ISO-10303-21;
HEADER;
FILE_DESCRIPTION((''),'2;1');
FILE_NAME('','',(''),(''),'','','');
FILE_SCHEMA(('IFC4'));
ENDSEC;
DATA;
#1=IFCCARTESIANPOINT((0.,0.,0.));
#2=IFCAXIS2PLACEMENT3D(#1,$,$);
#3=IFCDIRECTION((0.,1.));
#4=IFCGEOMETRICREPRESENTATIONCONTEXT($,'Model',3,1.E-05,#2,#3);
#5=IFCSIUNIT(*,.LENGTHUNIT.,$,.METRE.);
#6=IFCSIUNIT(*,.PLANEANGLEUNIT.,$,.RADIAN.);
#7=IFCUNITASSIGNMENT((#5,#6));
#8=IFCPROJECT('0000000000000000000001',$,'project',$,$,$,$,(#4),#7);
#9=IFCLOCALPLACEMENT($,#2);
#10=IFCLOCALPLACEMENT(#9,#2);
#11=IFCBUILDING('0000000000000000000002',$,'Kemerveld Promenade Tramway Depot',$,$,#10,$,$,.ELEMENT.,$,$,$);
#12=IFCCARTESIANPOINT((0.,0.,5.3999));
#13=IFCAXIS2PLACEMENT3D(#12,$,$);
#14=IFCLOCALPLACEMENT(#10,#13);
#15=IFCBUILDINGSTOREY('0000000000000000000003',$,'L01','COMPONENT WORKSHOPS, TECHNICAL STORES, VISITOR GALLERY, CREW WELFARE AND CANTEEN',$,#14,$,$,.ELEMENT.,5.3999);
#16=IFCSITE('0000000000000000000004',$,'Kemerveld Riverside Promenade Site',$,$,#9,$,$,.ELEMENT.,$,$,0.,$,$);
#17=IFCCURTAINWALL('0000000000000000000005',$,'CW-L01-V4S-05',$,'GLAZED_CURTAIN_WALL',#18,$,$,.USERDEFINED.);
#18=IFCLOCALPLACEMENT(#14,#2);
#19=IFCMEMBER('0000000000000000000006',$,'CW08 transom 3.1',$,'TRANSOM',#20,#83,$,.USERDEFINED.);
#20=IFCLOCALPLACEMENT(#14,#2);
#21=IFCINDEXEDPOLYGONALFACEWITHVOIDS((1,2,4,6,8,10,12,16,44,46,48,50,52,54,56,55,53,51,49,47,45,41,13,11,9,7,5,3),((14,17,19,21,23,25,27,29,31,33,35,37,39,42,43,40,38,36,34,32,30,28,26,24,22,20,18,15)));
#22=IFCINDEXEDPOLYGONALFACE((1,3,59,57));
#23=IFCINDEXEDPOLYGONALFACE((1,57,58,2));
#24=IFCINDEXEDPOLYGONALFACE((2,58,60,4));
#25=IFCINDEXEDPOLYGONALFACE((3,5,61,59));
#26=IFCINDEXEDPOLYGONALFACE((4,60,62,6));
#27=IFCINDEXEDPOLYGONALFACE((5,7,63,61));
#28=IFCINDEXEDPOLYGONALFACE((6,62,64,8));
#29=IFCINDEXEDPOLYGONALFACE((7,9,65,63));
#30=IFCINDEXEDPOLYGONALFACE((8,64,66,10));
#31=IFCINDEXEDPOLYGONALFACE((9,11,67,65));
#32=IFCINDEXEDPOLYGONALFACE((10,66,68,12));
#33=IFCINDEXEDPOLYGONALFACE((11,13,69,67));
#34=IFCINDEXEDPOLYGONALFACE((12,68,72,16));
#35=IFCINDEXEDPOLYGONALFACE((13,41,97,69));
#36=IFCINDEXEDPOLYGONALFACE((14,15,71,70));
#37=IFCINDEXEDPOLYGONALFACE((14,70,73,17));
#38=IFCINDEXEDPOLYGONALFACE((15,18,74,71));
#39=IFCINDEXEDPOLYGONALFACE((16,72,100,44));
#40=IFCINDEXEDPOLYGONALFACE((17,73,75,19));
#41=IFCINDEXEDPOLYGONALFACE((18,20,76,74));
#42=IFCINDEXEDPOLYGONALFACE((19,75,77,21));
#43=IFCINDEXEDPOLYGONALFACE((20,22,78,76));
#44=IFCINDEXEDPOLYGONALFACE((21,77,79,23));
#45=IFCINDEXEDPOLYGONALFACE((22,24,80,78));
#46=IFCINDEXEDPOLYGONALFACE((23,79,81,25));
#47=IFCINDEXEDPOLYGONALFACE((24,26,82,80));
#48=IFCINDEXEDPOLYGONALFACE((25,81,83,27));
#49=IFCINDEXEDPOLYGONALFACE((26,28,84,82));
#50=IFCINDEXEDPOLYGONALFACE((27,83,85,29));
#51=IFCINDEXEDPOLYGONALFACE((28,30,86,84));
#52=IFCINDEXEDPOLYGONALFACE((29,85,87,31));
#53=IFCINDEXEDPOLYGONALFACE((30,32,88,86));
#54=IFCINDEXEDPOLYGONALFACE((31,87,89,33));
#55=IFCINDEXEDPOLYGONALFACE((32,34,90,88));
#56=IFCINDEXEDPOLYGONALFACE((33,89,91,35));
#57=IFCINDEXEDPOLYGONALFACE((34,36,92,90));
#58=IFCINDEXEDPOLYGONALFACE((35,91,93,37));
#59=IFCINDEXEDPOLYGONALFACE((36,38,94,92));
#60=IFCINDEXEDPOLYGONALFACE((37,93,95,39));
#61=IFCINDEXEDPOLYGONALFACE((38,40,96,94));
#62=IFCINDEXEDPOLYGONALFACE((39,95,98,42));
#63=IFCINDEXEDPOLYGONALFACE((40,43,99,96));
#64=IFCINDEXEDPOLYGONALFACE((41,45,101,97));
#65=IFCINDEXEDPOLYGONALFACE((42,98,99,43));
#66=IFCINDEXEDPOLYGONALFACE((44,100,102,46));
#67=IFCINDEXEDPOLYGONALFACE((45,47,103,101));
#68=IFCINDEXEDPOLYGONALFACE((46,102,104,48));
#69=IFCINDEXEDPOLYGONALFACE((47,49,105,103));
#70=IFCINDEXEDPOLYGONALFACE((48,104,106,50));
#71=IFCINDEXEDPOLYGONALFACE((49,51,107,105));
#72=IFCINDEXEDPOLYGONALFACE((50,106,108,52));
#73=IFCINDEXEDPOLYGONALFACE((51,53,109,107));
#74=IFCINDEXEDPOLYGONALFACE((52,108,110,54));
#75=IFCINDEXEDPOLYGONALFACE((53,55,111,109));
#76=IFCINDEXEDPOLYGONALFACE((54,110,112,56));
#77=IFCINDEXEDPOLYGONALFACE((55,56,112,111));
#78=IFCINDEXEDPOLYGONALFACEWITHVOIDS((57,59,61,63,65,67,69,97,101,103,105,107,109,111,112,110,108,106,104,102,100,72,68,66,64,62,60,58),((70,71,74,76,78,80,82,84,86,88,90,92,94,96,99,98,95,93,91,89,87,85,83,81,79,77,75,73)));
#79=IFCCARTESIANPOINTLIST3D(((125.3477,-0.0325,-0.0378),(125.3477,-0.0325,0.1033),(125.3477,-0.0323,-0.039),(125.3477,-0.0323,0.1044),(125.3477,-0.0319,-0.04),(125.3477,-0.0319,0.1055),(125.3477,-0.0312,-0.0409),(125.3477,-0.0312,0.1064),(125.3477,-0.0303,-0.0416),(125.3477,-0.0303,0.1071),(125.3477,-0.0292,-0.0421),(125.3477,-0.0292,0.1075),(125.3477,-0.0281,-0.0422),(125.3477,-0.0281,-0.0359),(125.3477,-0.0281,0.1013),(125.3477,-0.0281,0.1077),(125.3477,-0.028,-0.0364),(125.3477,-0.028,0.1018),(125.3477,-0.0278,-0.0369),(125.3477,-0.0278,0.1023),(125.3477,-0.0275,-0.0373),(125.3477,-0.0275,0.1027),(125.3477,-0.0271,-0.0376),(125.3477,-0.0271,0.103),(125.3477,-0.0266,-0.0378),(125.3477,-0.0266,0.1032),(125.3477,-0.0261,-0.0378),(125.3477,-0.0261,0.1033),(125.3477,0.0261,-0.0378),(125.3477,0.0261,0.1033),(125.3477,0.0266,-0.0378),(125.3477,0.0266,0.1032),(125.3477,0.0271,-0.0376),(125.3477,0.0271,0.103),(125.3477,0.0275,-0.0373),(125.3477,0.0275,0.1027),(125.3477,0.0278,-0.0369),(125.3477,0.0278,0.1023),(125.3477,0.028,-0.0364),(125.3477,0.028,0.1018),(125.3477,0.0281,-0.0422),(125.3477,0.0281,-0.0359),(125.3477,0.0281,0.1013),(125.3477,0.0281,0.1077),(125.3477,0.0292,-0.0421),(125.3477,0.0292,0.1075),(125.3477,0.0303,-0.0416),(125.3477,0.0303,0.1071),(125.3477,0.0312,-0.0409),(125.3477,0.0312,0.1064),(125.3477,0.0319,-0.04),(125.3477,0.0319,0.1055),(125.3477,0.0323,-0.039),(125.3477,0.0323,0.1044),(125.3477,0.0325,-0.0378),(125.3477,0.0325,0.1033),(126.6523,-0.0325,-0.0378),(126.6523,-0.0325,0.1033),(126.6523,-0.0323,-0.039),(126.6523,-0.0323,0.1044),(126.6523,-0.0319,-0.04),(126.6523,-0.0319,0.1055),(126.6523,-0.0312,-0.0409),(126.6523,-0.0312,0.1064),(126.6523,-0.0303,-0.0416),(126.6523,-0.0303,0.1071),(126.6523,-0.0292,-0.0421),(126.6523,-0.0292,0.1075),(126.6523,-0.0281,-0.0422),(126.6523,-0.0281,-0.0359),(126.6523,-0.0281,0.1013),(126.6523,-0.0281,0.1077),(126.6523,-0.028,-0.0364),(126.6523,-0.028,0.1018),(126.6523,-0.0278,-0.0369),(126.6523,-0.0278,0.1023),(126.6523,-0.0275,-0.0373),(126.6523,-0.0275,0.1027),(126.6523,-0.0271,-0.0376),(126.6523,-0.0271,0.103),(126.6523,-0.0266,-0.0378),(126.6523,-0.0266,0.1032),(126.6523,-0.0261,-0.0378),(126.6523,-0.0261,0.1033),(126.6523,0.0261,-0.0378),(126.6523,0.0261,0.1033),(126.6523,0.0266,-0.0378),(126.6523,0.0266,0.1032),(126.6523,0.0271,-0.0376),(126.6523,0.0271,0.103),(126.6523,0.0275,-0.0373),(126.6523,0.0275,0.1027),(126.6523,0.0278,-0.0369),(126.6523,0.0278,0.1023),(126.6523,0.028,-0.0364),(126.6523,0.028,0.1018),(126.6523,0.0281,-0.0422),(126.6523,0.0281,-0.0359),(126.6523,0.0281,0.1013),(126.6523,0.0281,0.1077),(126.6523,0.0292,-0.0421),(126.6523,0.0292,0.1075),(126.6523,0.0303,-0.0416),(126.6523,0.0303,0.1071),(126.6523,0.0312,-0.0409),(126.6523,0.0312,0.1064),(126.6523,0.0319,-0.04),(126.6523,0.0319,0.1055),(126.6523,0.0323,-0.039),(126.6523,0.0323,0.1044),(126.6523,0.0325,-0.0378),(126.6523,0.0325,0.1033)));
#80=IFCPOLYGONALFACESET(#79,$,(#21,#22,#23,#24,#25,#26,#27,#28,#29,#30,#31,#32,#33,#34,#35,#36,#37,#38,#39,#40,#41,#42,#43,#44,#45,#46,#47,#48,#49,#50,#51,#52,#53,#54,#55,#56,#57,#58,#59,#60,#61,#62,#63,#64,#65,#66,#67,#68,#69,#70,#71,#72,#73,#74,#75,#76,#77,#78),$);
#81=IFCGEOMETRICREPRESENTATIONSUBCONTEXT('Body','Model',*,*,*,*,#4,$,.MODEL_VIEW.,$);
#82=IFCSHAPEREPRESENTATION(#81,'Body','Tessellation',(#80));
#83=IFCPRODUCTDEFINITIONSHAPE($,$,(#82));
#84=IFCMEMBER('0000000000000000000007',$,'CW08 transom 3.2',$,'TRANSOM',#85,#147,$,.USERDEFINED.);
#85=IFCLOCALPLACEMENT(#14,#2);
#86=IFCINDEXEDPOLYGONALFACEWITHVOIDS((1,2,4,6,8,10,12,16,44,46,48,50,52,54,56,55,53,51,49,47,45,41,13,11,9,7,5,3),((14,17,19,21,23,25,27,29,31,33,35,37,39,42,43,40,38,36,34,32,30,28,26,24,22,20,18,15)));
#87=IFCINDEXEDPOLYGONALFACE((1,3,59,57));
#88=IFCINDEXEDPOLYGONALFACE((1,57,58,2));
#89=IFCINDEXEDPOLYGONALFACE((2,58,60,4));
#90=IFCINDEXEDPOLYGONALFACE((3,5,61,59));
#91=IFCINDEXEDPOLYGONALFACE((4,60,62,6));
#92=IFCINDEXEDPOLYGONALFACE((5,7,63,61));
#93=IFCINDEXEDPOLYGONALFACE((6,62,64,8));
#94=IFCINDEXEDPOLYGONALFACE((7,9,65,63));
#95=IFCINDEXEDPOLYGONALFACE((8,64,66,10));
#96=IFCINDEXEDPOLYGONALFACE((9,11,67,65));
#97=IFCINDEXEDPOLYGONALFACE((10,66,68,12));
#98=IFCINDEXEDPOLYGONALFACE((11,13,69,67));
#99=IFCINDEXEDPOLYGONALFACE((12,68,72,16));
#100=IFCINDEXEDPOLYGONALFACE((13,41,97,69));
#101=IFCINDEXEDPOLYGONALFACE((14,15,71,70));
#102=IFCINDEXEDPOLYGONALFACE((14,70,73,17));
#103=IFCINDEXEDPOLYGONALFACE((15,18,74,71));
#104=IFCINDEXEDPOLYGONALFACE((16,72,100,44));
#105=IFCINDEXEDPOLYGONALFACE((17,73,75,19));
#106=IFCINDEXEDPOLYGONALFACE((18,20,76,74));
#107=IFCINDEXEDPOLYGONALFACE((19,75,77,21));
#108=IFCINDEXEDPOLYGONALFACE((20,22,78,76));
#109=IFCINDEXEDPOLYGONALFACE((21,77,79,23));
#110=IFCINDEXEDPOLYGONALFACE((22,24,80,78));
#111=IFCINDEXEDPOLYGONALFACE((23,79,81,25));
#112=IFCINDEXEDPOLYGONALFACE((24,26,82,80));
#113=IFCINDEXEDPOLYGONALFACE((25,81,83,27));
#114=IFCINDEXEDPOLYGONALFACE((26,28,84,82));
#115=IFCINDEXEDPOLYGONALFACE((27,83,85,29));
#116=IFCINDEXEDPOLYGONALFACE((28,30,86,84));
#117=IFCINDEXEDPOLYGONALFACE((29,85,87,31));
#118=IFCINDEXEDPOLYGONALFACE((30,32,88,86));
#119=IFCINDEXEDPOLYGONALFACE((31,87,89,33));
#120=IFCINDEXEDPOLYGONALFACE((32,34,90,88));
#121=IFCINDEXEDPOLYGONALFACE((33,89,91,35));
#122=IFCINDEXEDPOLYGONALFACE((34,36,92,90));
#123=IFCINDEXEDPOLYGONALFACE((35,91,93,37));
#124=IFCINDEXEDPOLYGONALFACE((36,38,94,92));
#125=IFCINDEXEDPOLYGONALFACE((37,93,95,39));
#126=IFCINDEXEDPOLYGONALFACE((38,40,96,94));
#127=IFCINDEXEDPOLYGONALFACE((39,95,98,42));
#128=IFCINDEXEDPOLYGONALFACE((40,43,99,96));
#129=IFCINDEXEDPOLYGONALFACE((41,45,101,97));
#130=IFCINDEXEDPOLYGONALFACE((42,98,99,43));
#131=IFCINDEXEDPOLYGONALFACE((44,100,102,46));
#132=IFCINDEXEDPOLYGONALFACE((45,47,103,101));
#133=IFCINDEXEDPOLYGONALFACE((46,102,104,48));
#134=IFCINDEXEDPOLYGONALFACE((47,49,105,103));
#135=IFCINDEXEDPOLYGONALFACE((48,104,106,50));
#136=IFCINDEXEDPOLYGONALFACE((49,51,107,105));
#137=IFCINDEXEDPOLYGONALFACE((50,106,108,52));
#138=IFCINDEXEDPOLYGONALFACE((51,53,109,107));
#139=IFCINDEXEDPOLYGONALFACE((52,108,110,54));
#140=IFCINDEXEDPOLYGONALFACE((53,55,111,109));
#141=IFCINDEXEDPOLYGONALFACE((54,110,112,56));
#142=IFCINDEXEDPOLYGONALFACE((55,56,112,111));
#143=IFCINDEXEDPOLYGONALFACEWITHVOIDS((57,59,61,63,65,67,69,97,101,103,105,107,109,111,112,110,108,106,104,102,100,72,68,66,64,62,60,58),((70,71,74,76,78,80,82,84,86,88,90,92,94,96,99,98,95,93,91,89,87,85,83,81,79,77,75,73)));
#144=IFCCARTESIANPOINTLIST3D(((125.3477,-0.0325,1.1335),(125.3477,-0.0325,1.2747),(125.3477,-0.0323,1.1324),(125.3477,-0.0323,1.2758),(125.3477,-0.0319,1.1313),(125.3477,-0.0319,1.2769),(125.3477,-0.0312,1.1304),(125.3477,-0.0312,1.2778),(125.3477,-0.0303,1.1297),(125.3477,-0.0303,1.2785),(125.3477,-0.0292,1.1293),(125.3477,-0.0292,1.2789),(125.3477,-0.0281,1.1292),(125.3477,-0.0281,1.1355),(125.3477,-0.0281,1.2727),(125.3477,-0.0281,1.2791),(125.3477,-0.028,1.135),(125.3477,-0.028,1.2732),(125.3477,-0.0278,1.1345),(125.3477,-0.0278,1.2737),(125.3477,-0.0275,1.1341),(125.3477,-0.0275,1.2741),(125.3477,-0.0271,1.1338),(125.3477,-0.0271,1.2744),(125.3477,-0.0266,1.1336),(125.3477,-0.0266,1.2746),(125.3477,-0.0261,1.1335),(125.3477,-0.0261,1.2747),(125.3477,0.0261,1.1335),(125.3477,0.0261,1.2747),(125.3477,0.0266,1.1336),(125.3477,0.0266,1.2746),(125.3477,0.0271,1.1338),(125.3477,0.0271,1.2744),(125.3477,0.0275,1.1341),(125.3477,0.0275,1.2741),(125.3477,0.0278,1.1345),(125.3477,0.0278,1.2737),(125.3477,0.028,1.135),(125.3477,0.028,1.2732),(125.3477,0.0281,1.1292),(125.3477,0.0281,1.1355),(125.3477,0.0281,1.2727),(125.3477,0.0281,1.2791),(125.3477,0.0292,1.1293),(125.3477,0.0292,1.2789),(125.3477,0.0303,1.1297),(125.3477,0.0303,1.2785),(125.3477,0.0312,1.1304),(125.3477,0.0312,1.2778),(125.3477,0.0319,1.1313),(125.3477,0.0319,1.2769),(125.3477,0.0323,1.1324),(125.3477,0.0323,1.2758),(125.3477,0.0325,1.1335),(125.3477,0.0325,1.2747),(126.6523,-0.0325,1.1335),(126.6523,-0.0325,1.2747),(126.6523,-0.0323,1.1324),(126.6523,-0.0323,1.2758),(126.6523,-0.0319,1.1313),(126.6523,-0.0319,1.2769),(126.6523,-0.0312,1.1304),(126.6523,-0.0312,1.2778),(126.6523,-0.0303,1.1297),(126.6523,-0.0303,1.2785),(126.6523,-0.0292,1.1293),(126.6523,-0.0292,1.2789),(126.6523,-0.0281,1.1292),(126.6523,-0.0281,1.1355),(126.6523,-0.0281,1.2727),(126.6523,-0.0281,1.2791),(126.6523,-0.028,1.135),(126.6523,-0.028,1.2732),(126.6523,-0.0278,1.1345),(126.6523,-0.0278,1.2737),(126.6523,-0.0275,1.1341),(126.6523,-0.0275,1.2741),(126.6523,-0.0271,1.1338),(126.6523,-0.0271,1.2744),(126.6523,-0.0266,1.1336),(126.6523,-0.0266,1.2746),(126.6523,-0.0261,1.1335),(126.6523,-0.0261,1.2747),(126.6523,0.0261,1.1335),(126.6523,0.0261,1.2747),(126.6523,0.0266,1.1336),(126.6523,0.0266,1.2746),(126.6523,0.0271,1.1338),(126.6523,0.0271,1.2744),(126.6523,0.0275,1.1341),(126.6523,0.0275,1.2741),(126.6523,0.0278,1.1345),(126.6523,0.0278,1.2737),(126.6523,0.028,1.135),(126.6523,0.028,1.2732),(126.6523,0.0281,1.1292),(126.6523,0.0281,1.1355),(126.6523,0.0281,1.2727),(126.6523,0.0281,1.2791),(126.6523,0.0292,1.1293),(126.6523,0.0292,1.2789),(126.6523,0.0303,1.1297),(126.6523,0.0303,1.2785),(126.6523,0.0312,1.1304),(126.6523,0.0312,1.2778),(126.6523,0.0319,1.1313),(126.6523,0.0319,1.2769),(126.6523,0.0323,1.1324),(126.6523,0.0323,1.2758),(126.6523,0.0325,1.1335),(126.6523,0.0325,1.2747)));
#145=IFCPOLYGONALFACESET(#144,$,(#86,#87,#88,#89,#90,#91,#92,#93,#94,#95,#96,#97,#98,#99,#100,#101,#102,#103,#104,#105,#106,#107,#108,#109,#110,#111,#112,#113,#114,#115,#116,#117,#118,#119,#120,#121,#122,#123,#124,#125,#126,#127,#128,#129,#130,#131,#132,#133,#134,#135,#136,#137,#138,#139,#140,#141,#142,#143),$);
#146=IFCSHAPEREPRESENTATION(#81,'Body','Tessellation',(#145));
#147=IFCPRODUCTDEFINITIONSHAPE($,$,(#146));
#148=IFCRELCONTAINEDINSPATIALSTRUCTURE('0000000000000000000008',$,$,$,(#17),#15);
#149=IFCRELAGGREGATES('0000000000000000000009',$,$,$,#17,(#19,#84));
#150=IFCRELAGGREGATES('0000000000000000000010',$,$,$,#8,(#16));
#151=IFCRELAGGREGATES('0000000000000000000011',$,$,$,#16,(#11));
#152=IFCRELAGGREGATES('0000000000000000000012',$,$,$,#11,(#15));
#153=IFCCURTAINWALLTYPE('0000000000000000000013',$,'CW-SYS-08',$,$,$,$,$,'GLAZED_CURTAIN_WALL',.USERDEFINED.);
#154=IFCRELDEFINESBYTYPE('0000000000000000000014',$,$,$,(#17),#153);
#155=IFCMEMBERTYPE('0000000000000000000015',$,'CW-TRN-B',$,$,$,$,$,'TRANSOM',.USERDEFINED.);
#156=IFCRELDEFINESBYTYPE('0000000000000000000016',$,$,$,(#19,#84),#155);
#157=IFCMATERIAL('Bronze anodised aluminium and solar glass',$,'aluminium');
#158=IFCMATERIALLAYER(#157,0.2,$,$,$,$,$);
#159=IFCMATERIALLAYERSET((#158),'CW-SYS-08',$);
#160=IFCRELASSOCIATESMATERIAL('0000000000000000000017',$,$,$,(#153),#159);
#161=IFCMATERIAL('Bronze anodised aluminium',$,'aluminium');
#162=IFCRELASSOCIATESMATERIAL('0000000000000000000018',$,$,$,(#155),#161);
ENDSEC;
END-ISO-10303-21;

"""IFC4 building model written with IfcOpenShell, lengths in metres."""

from ifc_helpers import new_model, si_unit, direction, frame, origin, origin_2d, place, context, subcontext, project, spatial, hollow_rectangle, extrude, material, layer, layer_set, material_profile, profile_set, type_object, element, aggregate, save


model = new_model("IFC4")

# Units and contexts
model_context = context("Model", 3, precision=1e-05, world=origin(), true_north=direction((0.0, 1.0)))
body_context = subcontext(model_context, "Body", "Model", "MODEL_VIEW")
ifc_project = project(units=[si_unit("LENGTHUNIT", "METRE"), si_unit("PLANEANGLEUNIT", "RADIAN")], contexts=[model_context])

# Site, building, storey
site_placement = place(None, origin())
site = spatial("IfcSite", under=ifc_project, at=site_placement, Name="Kemerveld Riverside Promenade Site", CompositionType="ELEMENT", RefElevation=0.0)
building_placement = place(site_placement, origin())
building = spatial("IfcBuilding", under=site, at=building_placement, Name="Kemerveld Promenade Tramway Depot", CompositionType="ELEMENT")
storey_placement = place(building_placement, frame((0.0, 0.0, 5.3999)))
storey = spatial("IfcBuildingStorey", under=building, at=storey_placement, Name="L01", Description="COMPONENT WORKSHOPS, TECHNICAL STORES, VISITOR GALLERY, CREW WELFARE AND CANTEEN", CompositionType="ELEMENT", Elevation=5.3999)

# Curtain wall, members
ifc_material_1 = material(Name="Bronze anodised aluminium and solar glass", Category="aluminium")
ifc_layer_1 = layer(ifc_material_1, 0.2)
ifc_layer_set_1 = layer_set([ifc_layer_1], Name="CW-SYS-08")
curtain_wall_type = type_object("IfcCurtainWallType", Name="CW-SYS-08", ElementType="GLAZED_CURTAIN_WALL", PredefinedType="USERDEFINED", material=ifc_layer_set_1)
curtain_wall_placement = place(storey_placement, origin())
curtain_wall = element("IfcCurtainWall", 1, at=curtain_wall_placement, inside=storey, type_object=curtain_wall_type, Name="CW-L01-V4S-05", ObjectType="GLAZED_CURTAIN_WALL", PredefinedType="USERDEFINED")
ifc_material_2 = material(Name="Bronze anodised aluminium", Category="aluminium")
ifc_material_profile_1 = material_profile(ifc_material_2, hollow_rectangle(XDim=0.0649, YDim=0.1499, WallThickness=0.0044, InnerFilletRadius=0.002, OuterFilletRadius=0.0044, at=origin_2d()), Name="CW-TRN-150x65")
ifc_profile_set_1 = profile_set([ifc_material_profile_1], Name="Bronze anodised aluminium")
member_type_1 = type_object("IfcMemberType", Name="CW-TRN-B", ElementType="TRANSOM", PredefinedType="USERDEFINED", material=ifc_profile_set_1)
member_1_placement = place(storey_placement, frame((126.6523, 0.0, 0.0327), z_axis=(-1.0, 0.0, 0.0), x_axis=(0.0, -1.0, 0.0)))
member_1 = element("IfcMember", 2, at=member_1_placement, type_object=member_type_1, Name="CW08 transom 3.1", ObjectType="TRANSOM", PredefinedType="USERDEFINED", context=body_context, shape_type="SweptSolid", body=[
    extrude(hollow_rectangle(XDim=0.0649, YDim=0.1499, WallThickness=0.0044, InnerFilletRadius=0.002, OuterFilletRadius=0.0044, at=origin_2d()), origin(), (0.0, 0.0, 1.0), 1.3047),
])
member_2_placement = place(storey_placement, frame((126.6523, 0.0, 1.2041), z_axis=(-1.0, 0.0, 0.0), x_axis=(0.0, -1.0, 0.0)))
member_2 = element("IfcMember", 3, at=member_2_placement, type_object=member_type_1, Name="CW08 transom 3.2", ObjectType="TRANSOM", PredefinedType="USERDEFINED", context=body_context, shape_type="SweptSolid", body=[
    extrude(hollow_rectangle(XDim=0.0649, YDim=0.1499, WallThickness=0.0044, InnerFilletRadius=0.002, OuterFilletRadius=0.0044, at=origin_2d()), origin(), (0.0, 0.0, 1.0), 1.3047),
])
aggregate(curtain_wall, [member_1, member_2])

save(model, "model.ifc")
